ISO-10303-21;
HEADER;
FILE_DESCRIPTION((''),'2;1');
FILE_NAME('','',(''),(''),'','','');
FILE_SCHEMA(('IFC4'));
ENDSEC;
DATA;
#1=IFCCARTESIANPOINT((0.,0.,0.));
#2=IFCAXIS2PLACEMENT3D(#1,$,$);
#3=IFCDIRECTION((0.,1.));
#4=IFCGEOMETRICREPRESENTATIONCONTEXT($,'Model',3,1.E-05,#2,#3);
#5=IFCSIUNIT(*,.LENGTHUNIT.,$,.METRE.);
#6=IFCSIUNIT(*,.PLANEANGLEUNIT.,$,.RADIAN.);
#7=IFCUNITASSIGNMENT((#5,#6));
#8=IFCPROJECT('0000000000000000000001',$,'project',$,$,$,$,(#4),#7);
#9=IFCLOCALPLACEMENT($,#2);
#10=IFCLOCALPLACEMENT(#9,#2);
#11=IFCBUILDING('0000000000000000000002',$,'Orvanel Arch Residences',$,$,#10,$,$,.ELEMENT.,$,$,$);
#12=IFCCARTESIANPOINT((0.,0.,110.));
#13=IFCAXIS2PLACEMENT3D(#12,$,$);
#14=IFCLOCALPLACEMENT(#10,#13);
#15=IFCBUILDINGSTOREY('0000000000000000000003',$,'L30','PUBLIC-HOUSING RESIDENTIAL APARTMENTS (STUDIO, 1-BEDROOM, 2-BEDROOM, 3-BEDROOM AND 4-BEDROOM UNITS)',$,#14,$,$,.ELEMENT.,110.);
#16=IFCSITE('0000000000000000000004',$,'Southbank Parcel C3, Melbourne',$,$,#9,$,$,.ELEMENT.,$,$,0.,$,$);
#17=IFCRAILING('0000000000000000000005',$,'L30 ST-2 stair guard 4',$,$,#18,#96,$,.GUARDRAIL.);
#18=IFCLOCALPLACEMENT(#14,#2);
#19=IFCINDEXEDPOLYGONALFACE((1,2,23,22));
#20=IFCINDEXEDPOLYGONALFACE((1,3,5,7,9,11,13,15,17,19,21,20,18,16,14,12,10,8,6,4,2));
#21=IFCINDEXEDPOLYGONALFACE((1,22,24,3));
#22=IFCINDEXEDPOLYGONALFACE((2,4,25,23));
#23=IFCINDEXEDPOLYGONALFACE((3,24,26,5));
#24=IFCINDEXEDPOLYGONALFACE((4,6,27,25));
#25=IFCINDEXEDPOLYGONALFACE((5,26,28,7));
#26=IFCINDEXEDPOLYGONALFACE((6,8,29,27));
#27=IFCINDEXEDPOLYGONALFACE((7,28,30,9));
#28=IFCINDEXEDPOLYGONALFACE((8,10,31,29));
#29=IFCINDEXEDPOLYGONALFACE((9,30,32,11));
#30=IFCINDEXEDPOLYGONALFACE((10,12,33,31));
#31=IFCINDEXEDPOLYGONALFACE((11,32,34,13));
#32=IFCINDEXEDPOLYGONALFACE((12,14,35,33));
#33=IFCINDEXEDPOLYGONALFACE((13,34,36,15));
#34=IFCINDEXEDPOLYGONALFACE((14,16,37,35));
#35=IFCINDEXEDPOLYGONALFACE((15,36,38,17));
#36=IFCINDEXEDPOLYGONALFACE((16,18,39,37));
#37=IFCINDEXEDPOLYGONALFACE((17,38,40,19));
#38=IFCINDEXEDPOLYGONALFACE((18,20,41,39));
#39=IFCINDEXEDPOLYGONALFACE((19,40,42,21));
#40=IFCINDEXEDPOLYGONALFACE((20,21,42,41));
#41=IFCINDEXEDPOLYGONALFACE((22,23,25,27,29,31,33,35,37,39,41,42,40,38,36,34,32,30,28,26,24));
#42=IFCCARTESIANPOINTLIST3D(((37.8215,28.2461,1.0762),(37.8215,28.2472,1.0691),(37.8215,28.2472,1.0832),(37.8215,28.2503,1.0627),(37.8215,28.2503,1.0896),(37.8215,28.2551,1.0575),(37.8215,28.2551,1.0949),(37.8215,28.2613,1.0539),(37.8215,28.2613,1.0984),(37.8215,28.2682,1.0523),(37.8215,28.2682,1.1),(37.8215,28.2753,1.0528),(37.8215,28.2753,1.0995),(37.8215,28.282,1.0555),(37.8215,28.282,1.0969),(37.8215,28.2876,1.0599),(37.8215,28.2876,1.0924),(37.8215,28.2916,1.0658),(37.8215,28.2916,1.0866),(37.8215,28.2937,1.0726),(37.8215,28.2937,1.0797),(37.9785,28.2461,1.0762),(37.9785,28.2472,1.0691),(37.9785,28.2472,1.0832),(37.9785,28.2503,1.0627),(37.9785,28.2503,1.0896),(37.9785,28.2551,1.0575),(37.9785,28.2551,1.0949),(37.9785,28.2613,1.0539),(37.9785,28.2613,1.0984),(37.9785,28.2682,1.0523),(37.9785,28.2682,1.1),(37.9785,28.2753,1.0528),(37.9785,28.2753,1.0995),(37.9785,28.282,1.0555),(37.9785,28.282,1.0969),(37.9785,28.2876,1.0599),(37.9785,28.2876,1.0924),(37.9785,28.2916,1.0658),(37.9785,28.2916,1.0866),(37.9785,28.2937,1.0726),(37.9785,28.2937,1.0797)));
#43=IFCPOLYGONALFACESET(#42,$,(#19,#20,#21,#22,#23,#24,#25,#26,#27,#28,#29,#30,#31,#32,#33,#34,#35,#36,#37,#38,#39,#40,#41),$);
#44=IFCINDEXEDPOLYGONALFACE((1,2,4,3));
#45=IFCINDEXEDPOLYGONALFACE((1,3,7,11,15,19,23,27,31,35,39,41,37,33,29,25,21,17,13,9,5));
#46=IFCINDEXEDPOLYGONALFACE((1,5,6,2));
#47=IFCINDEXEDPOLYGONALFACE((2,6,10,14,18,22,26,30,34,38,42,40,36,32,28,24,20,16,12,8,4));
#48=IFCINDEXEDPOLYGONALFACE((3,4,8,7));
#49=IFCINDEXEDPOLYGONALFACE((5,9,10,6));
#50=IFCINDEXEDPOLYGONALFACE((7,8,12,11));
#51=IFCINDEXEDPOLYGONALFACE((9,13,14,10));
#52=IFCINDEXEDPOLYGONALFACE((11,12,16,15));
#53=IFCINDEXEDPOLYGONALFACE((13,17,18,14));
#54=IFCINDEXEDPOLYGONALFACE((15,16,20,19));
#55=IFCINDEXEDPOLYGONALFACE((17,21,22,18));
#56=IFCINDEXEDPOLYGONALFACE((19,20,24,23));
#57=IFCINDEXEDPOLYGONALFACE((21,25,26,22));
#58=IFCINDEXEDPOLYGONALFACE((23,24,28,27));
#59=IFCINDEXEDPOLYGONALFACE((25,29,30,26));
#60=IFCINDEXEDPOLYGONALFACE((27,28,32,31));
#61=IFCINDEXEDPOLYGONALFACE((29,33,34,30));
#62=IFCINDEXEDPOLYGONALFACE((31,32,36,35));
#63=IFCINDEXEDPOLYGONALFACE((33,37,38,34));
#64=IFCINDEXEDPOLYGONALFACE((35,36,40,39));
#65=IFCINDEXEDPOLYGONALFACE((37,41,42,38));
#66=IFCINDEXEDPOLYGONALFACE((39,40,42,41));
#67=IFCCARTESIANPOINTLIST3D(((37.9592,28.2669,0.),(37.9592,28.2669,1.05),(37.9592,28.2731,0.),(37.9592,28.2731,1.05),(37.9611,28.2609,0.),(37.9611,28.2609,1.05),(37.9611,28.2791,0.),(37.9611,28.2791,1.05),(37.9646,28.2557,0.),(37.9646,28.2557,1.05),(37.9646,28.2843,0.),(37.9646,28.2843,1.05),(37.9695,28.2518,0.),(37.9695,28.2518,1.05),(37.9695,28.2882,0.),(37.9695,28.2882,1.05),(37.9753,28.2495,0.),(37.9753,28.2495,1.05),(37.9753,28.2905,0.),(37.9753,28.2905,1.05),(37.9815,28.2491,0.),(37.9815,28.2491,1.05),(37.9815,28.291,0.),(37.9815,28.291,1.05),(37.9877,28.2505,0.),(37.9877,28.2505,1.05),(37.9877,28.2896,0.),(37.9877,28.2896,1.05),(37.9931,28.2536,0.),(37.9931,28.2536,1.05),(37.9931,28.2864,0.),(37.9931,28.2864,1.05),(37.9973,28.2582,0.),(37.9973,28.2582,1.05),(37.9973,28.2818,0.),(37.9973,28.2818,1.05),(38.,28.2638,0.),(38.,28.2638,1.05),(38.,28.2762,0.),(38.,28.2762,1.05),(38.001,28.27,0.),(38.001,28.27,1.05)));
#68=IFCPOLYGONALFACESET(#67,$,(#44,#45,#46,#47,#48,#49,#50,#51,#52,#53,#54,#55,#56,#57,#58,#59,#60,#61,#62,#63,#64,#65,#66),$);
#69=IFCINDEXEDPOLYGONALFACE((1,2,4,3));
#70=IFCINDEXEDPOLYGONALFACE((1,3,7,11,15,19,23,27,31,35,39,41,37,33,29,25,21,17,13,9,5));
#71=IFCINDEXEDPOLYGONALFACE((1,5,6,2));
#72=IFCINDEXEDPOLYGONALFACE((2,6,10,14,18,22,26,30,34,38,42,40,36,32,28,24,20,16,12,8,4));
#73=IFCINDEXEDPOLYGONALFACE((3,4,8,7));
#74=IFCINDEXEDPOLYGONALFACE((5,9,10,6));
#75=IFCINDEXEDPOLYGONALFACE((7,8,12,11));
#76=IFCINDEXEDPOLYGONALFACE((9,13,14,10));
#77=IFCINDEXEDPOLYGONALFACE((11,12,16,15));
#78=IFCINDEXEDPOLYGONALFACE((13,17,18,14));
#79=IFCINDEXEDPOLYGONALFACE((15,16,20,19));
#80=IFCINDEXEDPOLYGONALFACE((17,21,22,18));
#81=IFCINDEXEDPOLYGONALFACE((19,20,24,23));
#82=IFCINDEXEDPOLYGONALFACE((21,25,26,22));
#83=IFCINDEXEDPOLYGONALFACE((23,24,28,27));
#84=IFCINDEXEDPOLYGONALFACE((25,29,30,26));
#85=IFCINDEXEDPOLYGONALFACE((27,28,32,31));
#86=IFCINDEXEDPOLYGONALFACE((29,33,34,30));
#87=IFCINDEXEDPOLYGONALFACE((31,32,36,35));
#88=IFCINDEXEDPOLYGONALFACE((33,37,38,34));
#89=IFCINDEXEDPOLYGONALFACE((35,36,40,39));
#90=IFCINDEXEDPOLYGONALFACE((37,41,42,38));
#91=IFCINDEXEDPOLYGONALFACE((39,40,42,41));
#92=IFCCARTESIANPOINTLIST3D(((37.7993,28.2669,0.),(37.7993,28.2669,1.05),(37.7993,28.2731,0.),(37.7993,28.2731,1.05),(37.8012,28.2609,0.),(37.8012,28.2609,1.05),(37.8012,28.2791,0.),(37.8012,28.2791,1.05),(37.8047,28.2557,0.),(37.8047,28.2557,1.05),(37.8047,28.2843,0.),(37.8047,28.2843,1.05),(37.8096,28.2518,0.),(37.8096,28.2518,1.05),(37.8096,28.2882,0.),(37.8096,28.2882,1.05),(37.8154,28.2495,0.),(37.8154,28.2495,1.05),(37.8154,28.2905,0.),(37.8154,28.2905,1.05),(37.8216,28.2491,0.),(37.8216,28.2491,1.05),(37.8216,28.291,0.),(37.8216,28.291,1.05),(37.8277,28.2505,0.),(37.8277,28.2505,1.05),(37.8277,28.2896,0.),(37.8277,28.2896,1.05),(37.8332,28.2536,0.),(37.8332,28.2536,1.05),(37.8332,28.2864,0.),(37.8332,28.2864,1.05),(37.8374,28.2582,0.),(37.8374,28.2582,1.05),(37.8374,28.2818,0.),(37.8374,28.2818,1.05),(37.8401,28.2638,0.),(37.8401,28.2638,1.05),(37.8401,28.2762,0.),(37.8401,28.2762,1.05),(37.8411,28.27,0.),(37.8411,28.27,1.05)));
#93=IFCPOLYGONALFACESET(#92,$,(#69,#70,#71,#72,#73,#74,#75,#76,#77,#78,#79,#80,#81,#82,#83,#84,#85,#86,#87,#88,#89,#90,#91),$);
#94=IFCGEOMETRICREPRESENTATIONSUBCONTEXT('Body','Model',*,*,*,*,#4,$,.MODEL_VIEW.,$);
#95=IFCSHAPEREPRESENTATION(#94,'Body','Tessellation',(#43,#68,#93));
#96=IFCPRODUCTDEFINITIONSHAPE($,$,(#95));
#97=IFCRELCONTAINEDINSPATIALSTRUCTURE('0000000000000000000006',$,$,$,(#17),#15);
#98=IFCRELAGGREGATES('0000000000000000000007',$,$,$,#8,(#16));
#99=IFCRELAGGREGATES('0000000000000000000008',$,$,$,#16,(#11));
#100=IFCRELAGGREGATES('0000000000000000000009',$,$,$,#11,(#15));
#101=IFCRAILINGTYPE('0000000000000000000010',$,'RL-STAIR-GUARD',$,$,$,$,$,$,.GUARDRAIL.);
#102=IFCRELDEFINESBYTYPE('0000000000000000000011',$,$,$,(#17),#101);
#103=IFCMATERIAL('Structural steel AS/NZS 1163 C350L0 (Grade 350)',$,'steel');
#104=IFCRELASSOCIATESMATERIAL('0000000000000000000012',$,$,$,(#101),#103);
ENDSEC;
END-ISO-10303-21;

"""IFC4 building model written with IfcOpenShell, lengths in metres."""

from ifc_helpers import new_model, si_unit, direction, frame, origin, origin_2d, place, context, subcontext, project, spatial, circle, extrude, material, type_object, element, save


model = new_model("IFC4")

# Units and contexts
model_context = context("Model", 3, precision=1e-05, world=origin(), true_north=direction((0.0, 1.0)))
body_context = subcontext(model_context, "Body", "Model", "MODEL_VIEW")
ifc_project = project(units=[si_unit("LENGTHUNIT", "METRE"), si_unit("PLANEANGLEUNIT", "RADIAN")], contexts=[model_context])

# Site, building, storey
site_placement = place(None, origin())
site = spatial("IfcSite", under=ifc_project, at=site_placement, Name="Southbank Parcel C3, Melbourne", CompositionType="ELEMENT", RefElevation=0.0)
building_placement = place(site_placement, origin())
building = spatial("IfcBuilding", under=site, at=building_placement, Name="Orvanel Arch Residences", CompositionType="ELEMENT")
storey_placement = place(building_placement, frame((0.0, 0.0, 110.0)))
storey = spatial("IfcBuildingStorey", under=building, at=storey_placement, Name="L30", Description="PUBLIC-HOUSING RESIDENTIAL APARTMENTS (STUDIO, 1-BEDROOM, 2-BEDROOM, 3-BEDROOM AND 4-BEDROOM UNITS)", CompositionType="ELEMENT", Elevation=110.0)

# Railing
ifc_material_1 = material(Name="Structural steel AS/NZS 1163 C350L0 (Grade 350)", Category="steel")
railing_type_1 = type_object("IfcRailingType", Name="RL-STAIR-GUARD", PredefinedType="GUARDRAIL", material=ifc_material_1)
railing_1_placement = place(storey_placement, frame((37.98, 28.27, 0.0)))
element("IfcRailing", 1, at=railing_1_placement, inside=storey, type_object=railing_type_1, Name="L30 ST-2 stair guard 4", PredefinedType="GUARDRAIL", context=body_context, shape_type="SweptSolid", body=[
    extrude(circle(Radius=0.0239, at=origin_2d()), frame((-0.0015, 0.0, 1.0762), z_axis=(-1.0, 0.0, 0.0), x_axis=(0.0, -1.0, 0.0)), (0.0, 0.0, 1.0), 0.157),
    extrude(circle(Radius=0.021, at=origin_2d()), origin(), (0.0, 0.0, 1.0), 1.05),
    extrude(circle(Radius=0.021, at=origin_2d()), frame((-0.1599, 0.0, 0.0)), (0.0, 0.0, 1.0), 1.05),
])

save(model, "model.ifc")
